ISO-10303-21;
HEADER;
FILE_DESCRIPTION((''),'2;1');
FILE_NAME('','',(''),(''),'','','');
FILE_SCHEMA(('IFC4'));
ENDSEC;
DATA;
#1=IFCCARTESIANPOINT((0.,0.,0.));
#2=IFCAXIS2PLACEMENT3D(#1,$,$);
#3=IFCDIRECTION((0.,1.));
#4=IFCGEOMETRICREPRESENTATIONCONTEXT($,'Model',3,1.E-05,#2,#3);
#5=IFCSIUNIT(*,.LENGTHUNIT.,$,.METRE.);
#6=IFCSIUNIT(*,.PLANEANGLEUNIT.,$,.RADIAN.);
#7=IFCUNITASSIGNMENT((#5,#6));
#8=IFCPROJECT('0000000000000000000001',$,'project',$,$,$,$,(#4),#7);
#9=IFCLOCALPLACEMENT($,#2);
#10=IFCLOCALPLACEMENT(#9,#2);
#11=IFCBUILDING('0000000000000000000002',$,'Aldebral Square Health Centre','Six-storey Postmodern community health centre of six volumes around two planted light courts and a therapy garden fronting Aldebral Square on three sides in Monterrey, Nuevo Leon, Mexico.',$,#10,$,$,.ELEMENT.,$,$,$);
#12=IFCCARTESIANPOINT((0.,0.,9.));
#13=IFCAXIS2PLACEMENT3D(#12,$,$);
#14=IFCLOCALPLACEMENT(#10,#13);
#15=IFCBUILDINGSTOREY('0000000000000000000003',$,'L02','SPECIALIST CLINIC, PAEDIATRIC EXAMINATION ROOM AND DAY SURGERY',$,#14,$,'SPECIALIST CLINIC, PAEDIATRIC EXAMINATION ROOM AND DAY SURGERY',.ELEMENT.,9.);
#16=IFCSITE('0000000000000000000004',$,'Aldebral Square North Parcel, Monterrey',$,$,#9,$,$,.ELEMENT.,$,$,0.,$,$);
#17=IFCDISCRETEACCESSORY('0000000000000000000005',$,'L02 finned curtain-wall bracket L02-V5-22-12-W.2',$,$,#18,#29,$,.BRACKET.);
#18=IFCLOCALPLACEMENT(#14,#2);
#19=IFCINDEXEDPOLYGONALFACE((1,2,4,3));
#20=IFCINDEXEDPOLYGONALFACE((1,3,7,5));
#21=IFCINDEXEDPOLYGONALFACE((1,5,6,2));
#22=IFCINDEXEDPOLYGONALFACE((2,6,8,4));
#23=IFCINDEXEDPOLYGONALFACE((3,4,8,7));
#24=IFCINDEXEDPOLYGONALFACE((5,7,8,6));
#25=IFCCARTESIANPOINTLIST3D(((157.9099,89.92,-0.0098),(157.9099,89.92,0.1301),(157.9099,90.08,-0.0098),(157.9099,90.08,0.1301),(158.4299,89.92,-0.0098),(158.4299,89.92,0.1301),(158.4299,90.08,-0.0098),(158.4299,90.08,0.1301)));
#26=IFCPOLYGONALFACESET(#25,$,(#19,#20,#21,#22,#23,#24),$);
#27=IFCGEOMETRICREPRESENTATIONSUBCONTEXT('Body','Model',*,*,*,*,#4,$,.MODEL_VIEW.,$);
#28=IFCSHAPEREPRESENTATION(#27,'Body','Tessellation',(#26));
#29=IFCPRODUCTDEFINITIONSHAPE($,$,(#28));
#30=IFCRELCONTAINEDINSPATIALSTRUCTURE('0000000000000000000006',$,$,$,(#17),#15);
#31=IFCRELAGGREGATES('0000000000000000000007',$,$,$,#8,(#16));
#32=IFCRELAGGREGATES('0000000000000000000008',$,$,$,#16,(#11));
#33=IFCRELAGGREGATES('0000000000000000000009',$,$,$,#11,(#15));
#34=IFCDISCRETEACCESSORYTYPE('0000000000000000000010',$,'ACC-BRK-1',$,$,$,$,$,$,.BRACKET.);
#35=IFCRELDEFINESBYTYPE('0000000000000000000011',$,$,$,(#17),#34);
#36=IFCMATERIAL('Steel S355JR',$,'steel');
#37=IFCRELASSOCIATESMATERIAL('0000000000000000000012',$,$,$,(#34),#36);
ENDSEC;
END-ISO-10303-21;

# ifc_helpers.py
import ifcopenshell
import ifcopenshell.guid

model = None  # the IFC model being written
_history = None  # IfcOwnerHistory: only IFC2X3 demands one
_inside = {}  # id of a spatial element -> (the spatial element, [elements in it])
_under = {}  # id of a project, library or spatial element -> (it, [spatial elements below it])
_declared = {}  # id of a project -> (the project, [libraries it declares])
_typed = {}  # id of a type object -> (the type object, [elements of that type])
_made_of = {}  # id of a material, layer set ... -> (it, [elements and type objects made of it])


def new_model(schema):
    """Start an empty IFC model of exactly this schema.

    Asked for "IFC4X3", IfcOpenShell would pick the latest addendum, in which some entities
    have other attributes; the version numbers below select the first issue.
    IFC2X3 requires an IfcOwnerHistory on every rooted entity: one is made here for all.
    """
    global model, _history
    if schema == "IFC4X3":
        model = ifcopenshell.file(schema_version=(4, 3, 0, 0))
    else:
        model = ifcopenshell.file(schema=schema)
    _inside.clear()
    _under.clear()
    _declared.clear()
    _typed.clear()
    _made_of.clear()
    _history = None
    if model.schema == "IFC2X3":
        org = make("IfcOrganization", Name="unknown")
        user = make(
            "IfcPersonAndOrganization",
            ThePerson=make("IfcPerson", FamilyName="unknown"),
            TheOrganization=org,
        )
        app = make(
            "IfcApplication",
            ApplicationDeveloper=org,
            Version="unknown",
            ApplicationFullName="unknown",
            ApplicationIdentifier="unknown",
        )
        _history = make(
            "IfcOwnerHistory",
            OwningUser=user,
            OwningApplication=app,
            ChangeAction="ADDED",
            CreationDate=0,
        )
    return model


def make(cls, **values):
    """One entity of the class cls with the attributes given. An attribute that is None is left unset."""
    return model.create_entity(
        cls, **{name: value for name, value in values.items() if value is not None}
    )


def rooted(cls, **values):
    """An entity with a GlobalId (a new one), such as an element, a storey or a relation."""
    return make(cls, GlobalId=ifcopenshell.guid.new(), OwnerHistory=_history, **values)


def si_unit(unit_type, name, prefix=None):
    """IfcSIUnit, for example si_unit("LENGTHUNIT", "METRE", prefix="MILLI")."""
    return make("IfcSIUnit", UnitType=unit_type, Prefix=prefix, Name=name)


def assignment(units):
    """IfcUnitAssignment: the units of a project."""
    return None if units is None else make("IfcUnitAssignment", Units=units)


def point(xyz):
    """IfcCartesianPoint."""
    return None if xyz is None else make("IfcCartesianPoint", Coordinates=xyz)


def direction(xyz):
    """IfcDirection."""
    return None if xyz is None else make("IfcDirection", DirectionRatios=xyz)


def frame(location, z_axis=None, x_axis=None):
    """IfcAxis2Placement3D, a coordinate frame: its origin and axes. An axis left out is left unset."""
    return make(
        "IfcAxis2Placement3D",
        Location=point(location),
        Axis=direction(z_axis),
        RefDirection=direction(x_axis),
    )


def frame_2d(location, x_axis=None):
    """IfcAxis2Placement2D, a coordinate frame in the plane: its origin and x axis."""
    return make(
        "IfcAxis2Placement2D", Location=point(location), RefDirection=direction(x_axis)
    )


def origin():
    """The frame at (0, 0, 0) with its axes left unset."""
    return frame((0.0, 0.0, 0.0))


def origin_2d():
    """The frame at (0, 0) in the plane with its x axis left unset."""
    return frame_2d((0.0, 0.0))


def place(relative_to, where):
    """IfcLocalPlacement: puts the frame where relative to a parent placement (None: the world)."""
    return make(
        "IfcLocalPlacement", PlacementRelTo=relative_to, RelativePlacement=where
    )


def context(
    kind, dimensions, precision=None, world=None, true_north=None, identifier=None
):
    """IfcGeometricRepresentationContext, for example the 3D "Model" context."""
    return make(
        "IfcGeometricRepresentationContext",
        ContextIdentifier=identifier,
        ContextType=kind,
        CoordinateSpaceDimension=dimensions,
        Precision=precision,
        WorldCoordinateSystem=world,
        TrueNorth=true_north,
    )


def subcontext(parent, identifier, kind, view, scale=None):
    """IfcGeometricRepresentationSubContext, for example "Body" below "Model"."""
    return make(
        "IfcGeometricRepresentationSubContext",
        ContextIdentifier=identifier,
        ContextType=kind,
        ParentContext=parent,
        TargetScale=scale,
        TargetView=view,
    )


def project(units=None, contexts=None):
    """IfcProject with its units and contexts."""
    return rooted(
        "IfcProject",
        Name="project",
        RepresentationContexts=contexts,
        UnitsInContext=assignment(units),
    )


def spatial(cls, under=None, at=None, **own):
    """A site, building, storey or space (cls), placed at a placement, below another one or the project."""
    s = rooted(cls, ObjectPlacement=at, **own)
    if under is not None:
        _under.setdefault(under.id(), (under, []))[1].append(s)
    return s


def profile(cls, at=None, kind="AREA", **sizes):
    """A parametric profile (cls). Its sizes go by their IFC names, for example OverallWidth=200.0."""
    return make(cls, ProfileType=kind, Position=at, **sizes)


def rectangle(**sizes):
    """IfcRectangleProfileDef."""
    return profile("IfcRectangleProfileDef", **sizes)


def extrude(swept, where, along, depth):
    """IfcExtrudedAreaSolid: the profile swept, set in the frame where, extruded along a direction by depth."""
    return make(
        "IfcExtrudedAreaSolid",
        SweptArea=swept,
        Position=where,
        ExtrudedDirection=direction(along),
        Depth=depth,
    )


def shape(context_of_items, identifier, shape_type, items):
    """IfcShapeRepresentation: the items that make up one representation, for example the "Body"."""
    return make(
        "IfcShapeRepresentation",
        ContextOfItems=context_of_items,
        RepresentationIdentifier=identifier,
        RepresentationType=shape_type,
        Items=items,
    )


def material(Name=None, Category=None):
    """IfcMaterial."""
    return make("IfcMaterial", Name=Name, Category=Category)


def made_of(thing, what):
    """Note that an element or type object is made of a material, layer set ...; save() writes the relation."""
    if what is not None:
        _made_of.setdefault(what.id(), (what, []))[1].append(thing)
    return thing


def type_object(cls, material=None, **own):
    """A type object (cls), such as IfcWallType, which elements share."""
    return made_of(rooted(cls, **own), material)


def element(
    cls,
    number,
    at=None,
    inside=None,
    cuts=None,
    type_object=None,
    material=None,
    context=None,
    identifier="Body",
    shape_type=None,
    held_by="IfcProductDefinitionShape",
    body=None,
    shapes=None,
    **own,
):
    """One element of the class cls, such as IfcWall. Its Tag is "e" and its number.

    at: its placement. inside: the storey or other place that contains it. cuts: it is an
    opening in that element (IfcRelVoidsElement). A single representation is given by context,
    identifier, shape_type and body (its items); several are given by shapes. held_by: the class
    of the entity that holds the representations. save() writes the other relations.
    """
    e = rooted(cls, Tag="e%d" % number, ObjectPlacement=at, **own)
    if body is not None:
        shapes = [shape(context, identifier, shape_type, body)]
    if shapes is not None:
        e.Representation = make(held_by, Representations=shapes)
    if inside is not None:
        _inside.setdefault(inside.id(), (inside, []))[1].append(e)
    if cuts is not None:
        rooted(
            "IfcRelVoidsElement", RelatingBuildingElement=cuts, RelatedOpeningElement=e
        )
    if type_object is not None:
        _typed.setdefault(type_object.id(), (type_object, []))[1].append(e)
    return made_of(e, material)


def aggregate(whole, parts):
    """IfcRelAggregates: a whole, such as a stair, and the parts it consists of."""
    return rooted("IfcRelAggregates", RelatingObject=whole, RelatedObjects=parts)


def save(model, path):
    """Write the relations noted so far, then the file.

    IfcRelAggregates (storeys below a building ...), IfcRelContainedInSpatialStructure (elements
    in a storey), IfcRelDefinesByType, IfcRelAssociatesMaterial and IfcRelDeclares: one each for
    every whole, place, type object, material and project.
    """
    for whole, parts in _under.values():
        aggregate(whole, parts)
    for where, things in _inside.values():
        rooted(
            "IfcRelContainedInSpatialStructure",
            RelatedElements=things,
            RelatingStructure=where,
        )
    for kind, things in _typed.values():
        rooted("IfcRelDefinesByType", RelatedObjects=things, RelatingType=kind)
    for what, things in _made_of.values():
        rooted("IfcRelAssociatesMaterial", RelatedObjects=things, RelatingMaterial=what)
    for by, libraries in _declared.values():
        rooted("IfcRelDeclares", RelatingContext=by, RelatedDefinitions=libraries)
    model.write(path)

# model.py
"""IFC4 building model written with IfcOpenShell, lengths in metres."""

from ifc_helpers import new_model, si_unit, direction, frame, origin, origin_2d, place, context, subcontext, project, spatial, rectangle, extrude, material, type_object, element, save


model = new_model("IFC4")

# Units and contexts
model_context = context("Model", 3, precision=1e-05, world=origin(), true_north=direction((0.0, 1.0)))
body_context = subcontext(model_context, "Body", "Model", "MODEL_VIEW")
ifc_project = project(units=[si_unit("LENGTHUNIT", "METRE"), si_unit("PLANEANGLEUNIT", "RADIAN")], contexts=[model_context])

# Site, building, storey
site_placement = place(None, origin())
site = spatial("IfcSite", under=ifc_project, at=site_placement, Name="Aldebral Square North Parcel, Monterrey", CompositionType="ELEMENT", RefElevation=0.0)
building_placement = place(site_placement, origin())
building = spatial("IfcBuilding", under=site, at=building_placement, Name="Aldebral Square Health Centre", Description="Six-storey Postmodern community health centre of six volumes around two planted light courts and a therapy garden fronting Aldebral Square on three sides in Monterrey, Nuevo Leon, Mexico.", CompositionType="ELEMENT")
storey_placement = place(building_placement, frame((0.0, 0.0, 9.0)))
storey = spatial("IfcBuildingStorey", under=building, at=storey_placement, Name="L02", Description="SPECIALIST CLINIC, PAEDIATRIC EXAMINATION ROOM AND DAY SURGERY", LongName="SPECIALIST CLINIC, PAEDIATRIC EXAMINATION ROOM AND DAY SURGERY", CompositionType="ELEMENT", Elevation=9.0)

# Discrete accessory
ifc_material_1 = material(Name="Steel S355JR", Category="steel")
discrete_accessory_type = type_object("IfcDiscreteAccessoryType", Name="ACC-BRK-1", PredefinedType="BRACKET", material=ifc_material_1)
for number, where, z_axis, x_axis, name in (
    (1, (158.1699, 90.0, -0.0098), (0.0, 0.0, 1.0), (0.0, 1.0, 0.0), "L02 finned curtain-wall bracket L02-V5-22-12-W.2"),
):
    element("IfcDiscreteAccessory", number, at=place(storey_placement, frame(where, z_axis=z_axis, x_axis=x_axis)), inside=storey, type_object=discrete_accessory_type, Name=name, PredefinedType="BRACKET", context=body_context, shape_type="SweptSolid", body=[
        extrude(rectangle(XDim=0.1599, YDim=0.52, at=origin_2d()), origin(), (0.0, 0.0, 1.0), 0.1399),
    ])

save(model, "model.ifc")
